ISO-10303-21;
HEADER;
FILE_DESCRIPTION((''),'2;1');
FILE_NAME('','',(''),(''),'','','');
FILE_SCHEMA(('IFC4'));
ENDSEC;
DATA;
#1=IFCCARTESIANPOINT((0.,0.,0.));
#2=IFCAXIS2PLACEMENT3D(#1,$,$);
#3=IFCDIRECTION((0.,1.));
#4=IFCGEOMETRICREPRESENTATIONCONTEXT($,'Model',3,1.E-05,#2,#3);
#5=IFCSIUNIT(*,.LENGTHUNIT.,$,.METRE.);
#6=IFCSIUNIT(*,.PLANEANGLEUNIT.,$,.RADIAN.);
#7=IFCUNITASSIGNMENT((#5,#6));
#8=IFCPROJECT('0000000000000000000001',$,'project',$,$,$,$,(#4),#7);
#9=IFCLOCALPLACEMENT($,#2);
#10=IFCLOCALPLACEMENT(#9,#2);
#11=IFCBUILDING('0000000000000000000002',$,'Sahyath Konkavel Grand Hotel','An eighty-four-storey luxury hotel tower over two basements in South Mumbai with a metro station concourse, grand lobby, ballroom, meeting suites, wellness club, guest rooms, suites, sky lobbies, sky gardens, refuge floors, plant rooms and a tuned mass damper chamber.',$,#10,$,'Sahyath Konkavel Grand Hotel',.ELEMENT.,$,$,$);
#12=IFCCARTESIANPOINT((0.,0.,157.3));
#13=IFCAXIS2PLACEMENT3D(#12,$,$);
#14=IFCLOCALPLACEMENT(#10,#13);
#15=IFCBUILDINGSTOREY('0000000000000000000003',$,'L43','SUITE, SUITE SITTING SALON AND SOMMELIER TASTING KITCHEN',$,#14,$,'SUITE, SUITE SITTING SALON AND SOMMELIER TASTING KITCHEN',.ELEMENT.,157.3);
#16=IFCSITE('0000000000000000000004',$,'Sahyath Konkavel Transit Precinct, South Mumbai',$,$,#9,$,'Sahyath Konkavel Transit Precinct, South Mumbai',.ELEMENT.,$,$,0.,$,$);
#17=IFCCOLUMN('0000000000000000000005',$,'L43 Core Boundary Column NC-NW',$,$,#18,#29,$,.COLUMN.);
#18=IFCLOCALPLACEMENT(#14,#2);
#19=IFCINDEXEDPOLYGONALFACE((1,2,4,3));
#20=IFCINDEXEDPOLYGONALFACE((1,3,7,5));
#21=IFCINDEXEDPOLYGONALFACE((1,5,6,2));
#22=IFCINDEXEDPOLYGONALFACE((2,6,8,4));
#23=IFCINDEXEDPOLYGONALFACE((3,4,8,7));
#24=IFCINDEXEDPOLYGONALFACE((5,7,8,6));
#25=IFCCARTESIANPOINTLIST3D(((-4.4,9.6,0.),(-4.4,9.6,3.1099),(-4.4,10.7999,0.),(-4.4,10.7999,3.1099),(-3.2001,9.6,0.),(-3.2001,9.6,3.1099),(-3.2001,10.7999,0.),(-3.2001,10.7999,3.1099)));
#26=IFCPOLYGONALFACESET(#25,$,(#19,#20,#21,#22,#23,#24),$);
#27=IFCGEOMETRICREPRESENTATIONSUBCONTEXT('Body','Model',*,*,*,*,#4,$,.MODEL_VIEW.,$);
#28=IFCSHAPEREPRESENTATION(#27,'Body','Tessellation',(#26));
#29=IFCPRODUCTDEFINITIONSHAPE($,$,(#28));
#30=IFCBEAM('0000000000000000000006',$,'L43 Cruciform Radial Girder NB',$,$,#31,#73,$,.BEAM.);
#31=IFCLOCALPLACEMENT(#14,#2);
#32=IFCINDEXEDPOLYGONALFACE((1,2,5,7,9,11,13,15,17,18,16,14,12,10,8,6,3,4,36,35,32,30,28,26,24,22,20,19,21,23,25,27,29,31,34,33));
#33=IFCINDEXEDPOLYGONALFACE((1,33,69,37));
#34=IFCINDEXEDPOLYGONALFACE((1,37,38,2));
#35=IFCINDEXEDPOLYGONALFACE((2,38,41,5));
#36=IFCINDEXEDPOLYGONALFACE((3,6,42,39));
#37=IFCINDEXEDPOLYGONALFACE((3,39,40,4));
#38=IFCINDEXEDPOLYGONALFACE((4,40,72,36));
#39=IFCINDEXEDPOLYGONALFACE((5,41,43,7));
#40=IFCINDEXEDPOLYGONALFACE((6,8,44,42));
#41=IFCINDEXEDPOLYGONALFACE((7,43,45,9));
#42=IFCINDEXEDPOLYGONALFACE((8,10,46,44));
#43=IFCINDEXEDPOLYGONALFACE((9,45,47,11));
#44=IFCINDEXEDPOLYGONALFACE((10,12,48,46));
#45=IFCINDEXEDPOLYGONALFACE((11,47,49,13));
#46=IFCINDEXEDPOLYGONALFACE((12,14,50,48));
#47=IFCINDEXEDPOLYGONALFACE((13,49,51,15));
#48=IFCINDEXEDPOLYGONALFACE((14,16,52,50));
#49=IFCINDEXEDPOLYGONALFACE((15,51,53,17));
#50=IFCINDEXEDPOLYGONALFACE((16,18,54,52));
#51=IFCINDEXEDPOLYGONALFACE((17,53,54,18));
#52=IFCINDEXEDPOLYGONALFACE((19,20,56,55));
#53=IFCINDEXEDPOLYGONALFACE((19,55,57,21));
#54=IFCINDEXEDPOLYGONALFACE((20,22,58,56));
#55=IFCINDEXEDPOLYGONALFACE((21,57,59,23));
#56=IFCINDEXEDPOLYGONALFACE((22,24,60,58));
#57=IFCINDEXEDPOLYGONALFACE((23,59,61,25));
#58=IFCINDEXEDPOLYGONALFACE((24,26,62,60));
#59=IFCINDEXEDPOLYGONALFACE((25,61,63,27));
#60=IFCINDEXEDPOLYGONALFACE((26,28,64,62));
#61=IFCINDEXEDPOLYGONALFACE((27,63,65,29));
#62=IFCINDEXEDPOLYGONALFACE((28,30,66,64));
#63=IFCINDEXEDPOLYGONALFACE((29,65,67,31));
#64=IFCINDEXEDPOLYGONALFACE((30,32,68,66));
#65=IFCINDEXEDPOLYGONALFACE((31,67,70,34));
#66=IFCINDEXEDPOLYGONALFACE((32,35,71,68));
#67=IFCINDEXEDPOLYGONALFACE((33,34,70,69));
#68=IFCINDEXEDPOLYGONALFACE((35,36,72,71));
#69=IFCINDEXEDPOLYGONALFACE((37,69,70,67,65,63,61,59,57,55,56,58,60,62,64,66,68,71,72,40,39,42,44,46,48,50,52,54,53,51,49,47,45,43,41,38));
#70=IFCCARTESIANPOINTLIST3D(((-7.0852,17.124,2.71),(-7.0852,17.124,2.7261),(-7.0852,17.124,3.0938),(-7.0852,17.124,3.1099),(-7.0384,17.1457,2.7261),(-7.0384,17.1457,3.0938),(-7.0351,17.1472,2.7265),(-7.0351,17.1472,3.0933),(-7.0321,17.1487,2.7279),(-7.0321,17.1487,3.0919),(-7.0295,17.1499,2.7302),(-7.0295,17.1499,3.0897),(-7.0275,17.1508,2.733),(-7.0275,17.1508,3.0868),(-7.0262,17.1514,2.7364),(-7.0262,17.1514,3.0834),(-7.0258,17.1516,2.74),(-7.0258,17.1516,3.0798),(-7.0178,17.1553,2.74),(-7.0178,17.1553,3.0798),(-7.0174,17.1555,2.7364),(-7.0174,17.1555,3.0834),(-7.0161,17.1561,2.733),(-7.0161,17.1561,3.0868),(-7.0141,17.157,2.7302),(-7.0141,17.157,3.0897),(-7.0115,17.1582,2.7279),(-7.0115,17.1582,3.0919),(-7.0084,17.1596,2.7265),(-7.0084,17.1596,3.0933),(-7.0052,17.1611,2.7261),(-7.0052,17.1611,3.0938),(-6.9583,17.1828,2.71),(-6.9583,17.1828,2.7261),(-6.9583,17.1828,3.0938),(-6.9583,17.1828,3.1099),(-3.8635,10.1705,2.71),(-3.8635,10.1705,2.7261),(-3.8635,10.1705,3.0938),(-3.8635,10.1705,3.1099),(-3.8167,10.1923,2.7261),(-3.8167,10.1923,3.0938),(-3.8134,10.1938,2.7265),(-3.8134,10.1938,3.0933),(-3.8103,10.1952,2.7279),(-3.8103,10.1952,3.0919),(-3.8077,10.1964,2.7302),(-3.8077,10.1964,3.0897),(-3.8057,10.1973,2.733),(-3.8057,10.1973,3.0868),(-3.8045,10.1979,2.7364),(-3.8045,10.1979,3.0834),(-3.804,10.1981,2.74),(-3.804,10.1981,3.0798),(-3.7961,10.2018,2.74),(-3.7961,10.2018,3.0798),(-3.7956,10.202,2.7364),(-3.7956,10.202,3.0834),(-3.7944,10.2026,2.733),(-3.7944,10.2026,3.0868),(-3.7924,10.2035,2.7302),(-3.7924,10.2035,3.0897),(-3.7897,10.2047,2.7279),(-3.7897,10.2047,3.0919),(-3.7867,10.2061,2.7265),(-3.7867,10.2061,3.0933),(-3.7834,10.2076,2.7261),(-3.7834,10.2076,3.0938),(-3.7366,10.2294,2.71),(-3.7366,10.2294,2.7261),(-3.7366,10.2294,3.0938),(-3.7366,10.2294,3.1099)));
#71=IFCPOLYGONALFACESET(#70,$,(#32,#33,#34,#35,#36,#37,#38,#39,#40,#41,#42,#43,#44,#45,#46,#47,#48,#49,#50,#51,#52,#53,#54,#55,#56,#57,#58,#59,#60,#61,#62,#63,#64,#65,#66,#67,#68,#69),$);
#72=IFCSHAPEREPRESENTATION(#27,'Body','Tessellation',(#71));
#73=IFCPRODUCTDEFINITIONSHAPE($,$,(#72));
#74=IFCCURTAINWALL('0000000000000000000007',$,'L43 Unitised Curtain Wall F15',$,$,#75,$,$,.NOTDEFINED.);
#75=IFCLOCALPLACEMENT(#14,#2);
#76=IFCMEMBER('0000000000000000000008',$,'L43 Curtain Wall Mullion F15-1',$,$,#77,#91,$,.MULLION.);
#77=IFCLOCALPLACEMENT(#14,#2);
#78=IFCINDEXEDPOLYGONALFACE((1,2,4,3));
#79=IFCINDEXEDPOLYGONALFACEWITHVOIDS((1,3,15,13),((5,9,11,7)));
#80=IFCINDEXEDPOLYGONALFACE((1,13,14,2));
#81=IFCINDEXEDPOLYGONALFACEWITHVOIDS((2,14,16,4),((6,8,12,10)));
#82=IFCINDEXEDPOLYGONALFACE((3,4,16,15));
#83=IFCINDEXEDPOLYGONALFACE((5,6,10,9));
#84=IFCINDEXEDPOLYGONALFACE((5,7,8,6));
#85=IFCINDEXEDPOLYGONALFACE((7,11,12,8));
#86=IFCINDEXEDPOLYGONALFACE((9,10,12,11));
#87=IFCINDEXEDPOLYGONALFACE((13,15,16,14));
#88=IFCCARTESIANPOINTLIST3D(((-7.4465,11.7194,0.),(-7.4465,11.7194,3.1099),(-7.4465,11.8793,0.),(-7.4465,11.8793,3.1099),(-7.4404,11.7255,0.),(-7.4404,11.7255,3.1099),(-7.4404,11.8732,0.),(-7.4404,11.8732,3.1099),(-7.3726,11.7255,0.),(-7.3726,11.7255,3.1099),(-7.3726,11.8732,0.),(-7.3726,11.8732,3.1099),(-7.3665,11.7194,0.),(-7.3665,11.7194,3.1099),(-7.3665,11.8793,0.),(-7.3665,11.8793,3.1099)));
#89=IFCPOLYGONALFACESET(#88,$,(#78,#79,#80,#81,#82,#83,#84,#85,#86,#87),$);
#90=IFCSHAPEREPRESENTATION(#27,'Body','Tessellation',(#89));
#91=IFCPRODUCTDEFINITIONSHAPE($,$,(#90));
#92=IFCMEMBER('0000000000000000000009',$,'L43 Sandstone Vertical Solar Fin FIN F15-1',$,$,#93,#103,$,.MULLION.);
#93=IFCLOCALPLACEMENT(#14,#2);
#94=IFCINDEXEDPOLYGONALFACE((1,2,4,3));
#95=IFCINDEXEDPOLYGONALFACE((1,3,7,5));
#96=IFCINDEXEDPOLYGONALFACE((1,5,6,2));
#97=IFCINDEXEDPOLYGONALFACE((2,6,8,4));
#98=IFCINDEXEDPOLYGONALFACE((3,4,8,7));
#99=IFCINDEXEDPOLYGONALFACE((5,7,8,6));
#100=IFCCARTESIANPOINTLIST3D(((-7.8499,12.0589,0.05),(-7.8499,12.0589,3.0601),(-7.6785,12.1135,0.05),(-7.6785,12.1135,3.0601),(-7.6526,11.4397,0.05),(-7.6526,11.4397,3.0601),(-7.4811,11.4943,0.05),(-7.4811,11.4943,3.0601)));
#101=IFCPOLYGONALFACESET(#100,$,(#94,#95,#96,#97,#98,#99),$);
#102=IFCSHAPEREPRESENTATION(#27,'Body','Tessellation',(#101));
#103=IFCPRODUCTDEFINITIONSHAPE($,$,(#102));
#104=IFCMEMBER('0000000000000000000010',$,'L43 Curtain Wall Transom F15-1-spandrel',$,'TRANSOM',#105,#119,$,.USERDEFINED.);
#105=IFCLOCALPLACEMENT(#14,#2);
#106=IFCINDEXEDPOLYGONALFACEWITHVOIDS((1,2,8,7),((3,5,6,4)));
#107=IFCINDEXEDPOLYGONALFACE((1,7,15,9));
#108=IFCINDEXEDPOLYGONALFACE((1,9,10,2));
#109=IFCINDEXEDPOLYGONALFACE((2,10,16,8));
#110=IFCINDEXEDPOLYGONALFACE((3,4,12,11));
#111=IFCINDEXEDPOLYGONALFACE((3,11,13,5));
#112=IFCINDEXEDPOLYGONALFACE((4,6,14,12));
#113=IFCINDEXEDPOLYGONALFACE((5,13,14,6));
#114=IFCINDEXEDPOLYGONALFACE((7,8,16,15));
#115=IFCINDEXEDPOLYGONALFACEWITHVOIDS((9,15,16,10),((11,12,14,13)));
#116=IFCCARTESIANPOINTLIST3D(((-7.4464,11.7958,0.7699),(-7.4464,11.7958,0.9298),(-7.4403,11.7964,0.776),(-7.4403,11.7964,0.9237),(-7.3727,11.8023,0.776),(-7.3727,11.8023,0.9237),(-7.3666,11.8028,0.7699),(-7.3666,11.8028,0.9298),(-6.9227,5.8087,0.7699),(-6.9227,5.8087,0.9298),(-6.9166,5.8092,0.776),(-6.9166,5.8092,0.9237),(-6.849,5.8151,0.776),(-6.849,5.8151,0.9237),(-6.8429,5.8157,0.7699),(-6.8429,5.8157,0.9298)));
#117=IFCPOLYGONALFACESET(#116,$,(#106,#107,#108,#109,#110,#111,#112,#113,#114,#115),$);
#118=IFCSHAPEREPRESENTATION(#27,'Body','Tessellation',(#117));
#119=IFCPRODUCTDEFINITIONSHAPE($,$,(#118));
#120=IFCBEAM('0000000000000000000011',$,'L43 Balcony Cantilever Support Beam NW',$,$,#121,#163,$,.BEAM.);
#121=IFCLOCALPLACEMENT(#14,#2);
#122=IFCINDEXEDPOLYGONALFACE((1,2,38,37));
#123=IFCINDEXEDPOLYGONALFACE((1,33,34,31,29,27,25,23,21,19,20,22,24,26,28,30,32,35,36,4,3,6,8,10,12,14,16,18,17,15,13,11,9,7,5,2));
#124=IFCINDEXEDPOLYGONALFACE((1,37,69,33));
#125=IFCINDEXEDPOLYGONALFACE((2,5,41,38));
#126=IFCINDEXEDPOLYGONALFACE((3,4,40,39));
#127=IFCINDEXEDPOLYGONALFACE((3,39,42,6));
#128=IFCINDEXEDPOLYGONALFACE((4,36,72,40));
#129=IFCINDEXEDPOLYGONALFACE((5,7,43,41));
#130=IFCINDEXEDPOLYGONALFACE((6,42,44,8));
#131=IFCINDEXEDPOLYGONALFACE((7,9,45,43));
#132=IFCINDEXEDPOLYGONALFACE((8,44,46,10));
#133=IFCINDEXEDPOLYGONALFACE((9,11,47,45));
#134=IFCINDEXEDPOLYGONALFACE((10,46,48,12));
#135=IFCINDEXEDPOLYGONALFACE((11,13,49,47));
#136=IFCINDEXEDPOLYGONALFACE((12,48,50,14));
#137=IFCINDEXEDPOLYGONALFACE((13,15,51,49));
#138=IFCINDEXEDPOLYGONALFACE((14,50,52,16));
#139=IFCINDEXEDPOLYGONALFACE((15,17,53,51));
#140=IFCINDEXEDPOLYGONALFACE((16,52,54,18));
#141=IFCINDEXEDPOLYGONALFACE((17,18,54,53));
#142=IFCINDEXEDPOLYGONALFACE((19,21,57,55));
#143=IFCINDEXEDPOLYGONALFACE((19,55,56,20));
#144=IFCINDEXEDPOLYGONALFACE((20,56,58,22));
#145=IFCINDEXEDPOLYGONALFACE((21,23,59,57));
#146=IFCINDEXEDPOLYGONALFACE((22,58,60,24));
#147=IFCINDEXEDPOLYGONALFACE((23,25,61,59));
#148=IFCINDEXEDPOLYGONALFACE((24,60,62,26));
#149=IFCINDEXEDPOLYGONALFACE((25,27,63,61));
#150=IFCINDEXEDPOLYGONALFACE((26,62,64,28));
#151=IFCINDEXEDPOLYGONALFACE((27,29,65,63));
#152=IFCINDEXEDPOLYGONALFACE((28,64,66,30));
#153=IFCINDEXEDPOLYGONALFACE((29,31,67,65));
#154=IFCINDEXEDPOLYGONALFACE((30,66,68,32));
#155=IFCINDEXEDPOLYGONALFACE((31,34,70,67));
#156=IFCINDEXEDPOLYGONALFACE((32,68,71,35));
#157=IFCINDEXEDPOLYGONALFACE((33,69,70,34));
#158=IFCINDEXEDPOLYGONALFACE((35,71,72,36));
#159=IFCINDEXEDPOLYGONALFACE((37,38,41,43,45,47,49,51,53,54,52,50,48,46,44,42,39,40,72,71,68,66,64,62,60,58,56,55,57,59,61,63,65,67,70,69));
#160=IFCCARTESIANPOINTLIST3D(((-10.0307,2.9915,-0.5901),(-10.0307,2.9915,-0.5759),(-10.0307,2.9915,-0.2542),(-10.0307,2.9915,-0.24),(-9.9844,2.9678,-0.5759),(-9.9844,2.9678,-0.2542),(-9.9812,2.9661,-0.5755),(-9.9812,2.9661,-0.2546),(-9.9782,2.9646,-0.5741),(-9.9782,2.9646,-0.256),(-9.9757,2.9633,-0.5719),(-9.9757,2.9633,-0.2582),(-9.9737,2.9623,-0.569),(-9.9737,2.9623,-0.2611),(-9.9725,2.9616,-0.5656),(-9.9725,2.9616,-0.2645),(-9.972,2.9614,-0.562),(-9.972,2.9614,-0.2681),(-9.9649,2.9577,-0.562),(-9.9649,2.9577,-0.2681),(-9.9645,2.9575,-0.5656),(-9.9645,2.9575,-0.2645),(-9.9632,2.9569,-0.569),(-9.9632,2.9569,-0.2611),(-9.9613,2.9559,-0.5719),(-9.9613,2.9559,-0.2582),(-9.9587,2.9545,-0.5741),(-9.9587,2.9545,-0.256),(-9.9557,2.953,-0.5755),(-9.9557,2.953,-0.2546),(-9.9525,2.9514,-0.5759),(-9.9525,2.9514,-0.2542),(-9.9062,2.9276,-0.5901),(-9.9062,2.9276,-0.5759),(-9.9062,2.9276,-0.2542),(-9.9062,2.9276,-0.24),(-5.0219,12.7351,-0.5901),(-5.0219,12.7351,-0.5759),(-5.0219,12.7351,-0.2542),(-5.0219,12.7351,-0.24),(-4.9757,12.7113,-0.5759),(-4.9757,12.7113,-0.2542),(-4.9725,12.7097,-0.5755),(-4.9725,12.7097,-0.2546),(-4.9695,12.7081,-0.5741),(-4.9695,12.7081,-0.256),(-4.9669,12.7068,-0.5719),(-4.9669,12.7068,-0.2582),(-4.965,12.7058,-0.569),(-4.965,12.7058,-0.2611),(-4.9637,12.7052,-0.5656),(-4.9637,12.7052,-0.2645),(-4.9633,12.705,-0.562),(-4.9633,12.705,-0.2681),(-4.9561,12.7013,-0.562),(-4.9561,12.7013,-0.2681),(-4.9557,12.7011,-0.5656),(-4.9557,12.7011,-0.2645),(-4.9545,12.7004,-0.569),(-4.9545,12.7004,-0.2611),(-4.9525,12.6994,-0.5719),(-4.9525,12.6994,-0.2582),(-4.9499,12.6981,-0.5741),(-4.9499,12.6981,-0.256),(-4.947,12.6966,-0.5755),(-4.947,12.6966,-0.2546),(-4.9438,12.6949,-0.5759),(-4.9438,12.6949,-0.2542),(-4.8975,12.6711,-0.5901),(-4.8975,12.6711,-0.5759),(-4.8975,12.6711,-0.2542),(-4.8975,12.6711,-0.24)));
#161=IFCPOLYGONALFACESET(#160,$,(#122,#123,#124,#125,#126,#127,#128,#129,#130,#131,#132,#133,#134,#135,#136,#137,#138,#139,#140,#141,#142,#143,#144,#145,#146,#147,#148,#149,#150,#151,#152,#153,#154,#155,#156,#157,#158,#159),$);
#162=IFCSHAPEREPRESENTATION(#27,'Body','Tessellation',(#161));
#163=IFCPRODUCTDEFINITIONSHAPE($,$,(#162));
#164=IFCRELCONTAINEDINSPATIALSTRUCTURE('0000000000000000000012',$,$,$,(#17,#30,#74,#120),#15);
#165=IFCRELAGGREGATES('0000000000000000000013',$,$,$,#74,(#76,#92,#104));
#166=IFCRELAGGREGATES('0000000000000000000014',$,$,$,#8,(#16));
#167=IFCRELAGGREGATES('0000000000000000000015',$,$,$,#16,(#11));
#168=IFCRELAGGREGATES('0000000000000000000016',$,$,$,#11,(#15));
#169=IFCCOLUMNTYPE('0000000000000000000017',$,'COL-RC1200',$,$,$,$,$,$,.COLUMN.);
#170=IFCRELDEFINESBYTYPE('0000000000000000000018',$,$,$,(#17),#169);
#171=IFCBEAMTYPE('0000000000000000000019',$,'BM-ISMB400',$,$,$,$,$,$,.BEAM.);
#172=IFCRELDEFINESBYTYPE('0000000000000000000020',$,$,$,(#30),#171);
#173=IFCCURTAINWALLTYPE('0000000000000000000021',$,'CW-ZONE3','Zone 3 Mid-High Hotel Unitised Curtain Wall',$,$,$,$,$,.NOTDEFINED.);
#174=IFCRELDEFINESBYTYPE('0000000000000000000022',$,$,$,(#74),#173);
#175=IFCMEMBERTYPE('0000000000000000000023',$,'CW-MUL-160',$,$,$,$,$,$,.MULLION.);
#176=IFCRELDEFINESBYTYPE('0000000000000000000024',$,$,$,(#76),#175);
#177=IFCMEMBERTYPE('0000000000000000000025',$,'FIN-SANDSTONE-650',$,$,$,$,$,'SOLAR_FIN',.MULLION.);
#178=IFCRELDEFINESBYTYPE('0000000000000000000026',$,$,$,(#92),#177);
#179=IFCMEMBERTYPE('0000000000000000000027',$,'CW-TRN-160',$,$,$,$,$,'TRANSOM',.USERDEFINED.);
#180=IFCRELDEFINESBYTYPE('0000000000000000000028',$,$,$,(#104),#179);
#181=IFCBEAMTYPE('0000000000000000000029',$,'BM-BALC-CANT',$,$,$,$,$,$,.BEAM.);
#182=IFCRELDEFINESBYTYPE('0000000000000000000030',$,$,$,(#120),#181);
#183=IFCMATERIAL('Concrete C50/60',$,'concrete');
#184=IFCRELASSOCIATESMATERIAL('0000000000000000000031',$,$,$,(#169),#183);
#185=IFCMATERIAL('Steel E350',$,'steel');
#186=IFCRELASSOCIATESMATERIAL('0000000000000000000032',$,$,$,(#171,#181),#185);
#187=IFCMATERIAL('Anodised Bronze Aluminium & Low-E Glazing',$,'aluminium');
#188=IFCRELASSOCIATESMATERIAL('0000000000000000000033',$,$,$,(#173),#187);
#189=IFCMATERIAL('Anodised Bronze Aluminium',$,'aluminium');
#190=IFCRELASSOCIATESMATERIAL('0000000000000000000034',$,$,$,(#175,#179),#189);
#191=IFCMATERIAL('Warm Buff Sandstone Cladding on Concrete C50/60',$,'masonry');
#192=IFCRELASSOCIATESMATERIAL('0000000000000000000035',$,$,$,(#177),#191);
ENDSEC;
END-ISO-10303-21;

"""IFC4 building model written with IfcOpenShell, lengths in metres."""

from ifc_helpers import new_model, si_unit, direction, frame, origin, origin_2d, place, context, subcontext, project, spatial, rectangle, hollow_rectangle, i_section, extrude, source, transform, mapped, material, material_profile, profile_set, type_object, element, aggregate, save


model = new_model("IFC4")

# Units and contexts
model_context = context("Model", 3, precision=1e-05, world=origin(), true_north=direction((0.0, 1.0)))
body_context = subcontext(model_context, "Body", "Model", "MODEL_VIEW")
ifc_project = project(units=[si_unit("LENGTHUNIT", "METRE"), si_unit("PLANEANGLEUNIT", "RADIAN")], contexts=[model_context])

# Site, building, storey
site_placement = place(None, origin())
site = spatial("IfcSite", under=ifc_project, at=site_placement, Name="Sahyath Konkavel Transit Precinct, South Mumbai", LongName="Sahyath Konkavel Transit Precinct, South Mumbai", CompositionType="ELEMENT", RefElevation=0.0)
building_placement = place(site_placement, origin())
building = spatial("IfcBuilding", under=site, at=building_placement, Name="Sahyath Konkavel Grand Hotel", Description="An eighty-four-storey luxury hotel tower over two basements in South Mumbai with a metro station concourse, grand lobby, ballroom, meeting suites, wellness club, guest rooms, suites, sky lobbies, sky gardens, refuge floors, plant rooms and a tuned mass damper chamber.", LongName="Sahyath Konkavel Grand Hotel", CompositionType="ELEMENT")
storey_placement = place(building_placement, frame((0.0, 0.0, 157.3)))
storey = spatial("IfcBuildingStorey", under=building, at=storey_placement, Name="L43", Description="SUITE, SUITE SITTING SALON AND SOMMELIER TASTING KITCHEN", LongName="SUITE, SUITE SITTING SALON AND SOMMELIER TASTING KITCHEN", CompositionType="ELEMENT", Elevation=157.3)

# Column
ifc_material_1 = material(Name="Concrete C50/60", Category="concrete")
ifc_material_profile_1 = material_profile(ifc_material_1, rectangle(XDim=1.2, YDim=1.2, at=origin_2d()), Name="RC 1200x1200")
ifc_profile_set_1 = profile_set([ifc_material_profile_1], Name="Concrete C50/60")
column_type = type_object("IfcColumnType", Name="COL-RC1200", PredefinedType="COLUMN", material=ifc_profile_set_1)
shared_shape_1 = source(origin(), body_context, "Body", "SweptSolid", [
    extrude(rectangle(XDim=1.2, YDim=1.2, at=origin_2d()), origin(), (0.0, 0.0, 1.0), 3.1099),
])
column_placement = place(storey_placement, frame((-3.8, 10.2, 0.0), z_axis=(0.0, 0.0, 1.0), x_axis=(1.0, 0.0, 0.0)))
element("IfcColumn", 1, at=column_placement, inside=storey, type_object=column_type, Name="L43 Core Boundary Column NC-NW", PredefinedType="COLUMN", context=body_context, shape_type="MappedRepresentation", body=[
    mapped(shared_shape_1, transform((0.0, 0.0, 0.0), scale=1.0)),
])

# Beam
ifc_material_2 = material(Name="Steel E350", Category="steel")
ifc_material_profile_2 = material_profile(ifc_material_2, i_section(OverallWidth=0.1399, OverallDepth=0.3999, WebThickness=0.0088, FlangeThickness=0.0161, FilletRadius=0.0139, at=origin_2d()), Name="ISMB 400")
ifc_profile_set_2 = profile_set([ifc_material_profile_2], Name="Steel E350")
beam_type_1 = type_object("IfcBeamType", Name="BM-ISMB400", PredefinedType="BEAM", material=ifc_profile_set_2)
shared_shape_2 = source(origin(), body_context, "Body", "SweptSolid", [
    extrude(i_section(OverallWidth=0.1399, OverallDepth=0.3999, WebThickness=0.0088, FlangeThickness=0.0161, FilletRadius=0.0139, at=origin_2d()), origin(), (0.0, 0.0, 1.0), 7.6636),
])
beam_1_placement = place(storey_placement, frame((-3.8, 10.2, 2.9099), z_axis=(-0.420395, 0.907341, 0.0), x_axis=(-0.907341, -0.420395, 0.0)))
element("IfcBeam", 2, at=beam_1_placement, inside=storey, type_object=beam_type_1, Name="L43 Cruciform Radial Girder NB", PredefinedType="BEAM", context=body_context, shape_type="MappedRepresentation", body=[
    mapped(shared_shape_2, transform((0.0, 0.0, 0.0), scale=1.0)),
])

# Curtain wall, members
ifc_material_3 = material(Name="Anodised Bronze Aluminium & Low-E Glazing", Category="aluminium")
curtain_wall_type = type_object("IfcCurtainWallType", Name="CW-ZONE3", Description="Zone 3 Mid-High Hotel Unitised Curtain Wall", PredefinedType="NOTDEFINED", material=ifc_material_3)
curtain_wall_placement = place(storey_placement, origin())
curtain_wall = element("IfcCurtainWall", 3, at=curtain_wall_placement, inside=storey, type_object=curtain_wall_type, Name="L43 Unitised Curtain Wall F15", PredefinedType="NOTDEFINED")
ifc_material_4 = material(Name="Anodised Bronze Aluminium", Category="aluminium")
ifc_material_profile_3 = material_profile(ifc_material_4, hollow_rectangle(XDim=0.0801, YDim=0.1599, WallThickness=0.0061, at=origin_2d()), Name="RHS 160x80x6")
ifc_profile_set_3 = profile_set([ifc_material_profile_3], Name="Anodised Bronze Aluminium")
member_type_1 = type_object("IfcMemberType", Name="CW-MUL-160", PredefinedType="MULLION", material=ifc_profile_set_3)
shared_shape_3 = source(origin(), body_context, "Body", "SweptSolid", [
    extrude(hollow_rectangle(XDim=0.0801, YDim=0.1599, WallThickness=0.0061, at=origin_2d()), origin(), (0.0, 0.0, 1.0), 3.1099),
])
member_1_placement = place(storey_placement, frame((-7.4065, 11.7993, 0.0), z_axis=(0.0, 0.0, 1.0), x_axis=(1.0, 0.0, 0.0)))
member_1 = element("IfcMember", 4, at=member_1_placement, type_object=member_type_1, Name="L43 Curtain Wall Mullion F15-1", PredefinedType="MULLION", context=body_context, shape_type="MappedRepresentation", body=[
    mapped(shared_shape_3, transform((0.0, 0.0, 0.0), scale=1.0)),
])
ifc_material_5 = material(Name="Warm Buff Sandstone Cladding on Concrete C50/60", Category="masonry")
ifc_material_profile_4 = material_profile(ifc_material_5, rectangle(XDim=0.1799, YDim=0.6499, at=origin_2d()), Name="FIN 180x650")
ifc_profile_set_4 = profile_set([ifc_material_profile_4], Name="Warm Buff Sandstone Cladding on Concrete C50/60")
member_type_2 = type_object("IfcMemberType", Name="FIN-SANDSTONE-650", ElementType="SOLAR_FIN", PredefinedType="MULLION", material=ifc_profile_set_4)
shared_shape_4 = source(origin(), body_context, "Body", "SweptSolid", [
    extrude(rectangle(XDim=0.1799, YDim=0.6499, at=origin_2d()), origin(), (0.0, 0.0, 1.0), 3.01),
])
member_2_placement = place(storey_placement, frame((-7.6655, 11.7766, 0.05), z_axis=(0.0, 0.0, 1.0), x_axis=(0.952768, 0.303701, 0.0)))
member_2 = element("IfcMember", 5, at=member_2_placement, type_object=member_type_2, Name="L43 Sandstone Vertical Solar Fin FIN F15-1", PredefinedType="MULLION", context=body_context, shape_type="MappedRepresentation", body=[
    mapped(shared_shape_4, transform((0.0, 0.0, 0.0), scale=1.0)),
])
ifc_material_profile_5 = material_profile(ifc_material_4, hollow_rectangle(XDim=0.0801, YDim=0.1599, WallThickness=0.0061, at=origin_2d()), Name="RHS 160x80x6")
ifc_profile_set_5 = profile_set([ifc_material_profile_5], Name="Anodised Bronze Aluminium")
member_type_3 = type_object("IfcMemberType", Name="CW-TRN-160", ElementType="TRANSOM", PredefinedType="USERDEFINED", material=ifc_profile_set_5)
shared_shape_5 = source(origin(), body_context, "Body", "SweptSolid", [
    extrude(hollow_rectangle(XDim=0.0801, YDim=0.1599, WallThickness=0.0061, at=origin_2d()), origin(), (0.0, 0.0, 1.0), 6.01),
])
member_3_placement = place(storey_placement, frame((-7.4065, 11.7993, 0.8499), z_axis=(0.087136, -0.996196, 0.0), x_axis=(0.996196, 0.087136, 0.0)))
member_3 = element("IfcMember", 6, at=member_3_placement, type_object=member_type_3, Name="L43 Curtain Wall Transom F15-1-spandrel", ObjectType="TRANSOM", PredefinedType="USERDEFINED", context=body_context, shape_type="MappedRepresentation", body=[
    mapped(shared_shape_5, transform((0.0, 0.0, 0.0), scale=1.0)),
])

# Beam
ifc_material_profile_6 = material_profile(ifc_material_2, i_section(OverallWidth=0.1399, OverallDepth=0.3501, WebThickness=0.0081, FlangeThickness=0.0142, FilletRadius=0.0139, at=origin_2d()), Name="ISMB 350")
ifc_profile_set_6 = profile_set([ifc_material_profile_6], Name="Steel E350")
beam_type_2 = type_object("IfcBeamType", Name="BM-BALC-CANT", PredefinedType="BEAM", material=ifc_profile_set_6)
shared_shape_6 = source(origin(), body_context, "Body", "SweptSolid", [
    extrude(i_section(OverallWidth=0.1399, OverallDepth=0.3501, WebThickness=0.0081, FlangeThickness=0.0142, FilletRadius=0.0139, at=origin_2d()), origin(), (0.0, 0.0, 1.0), 10.9556),
])
beam_2_placement = place(storey_placement, frame((-4.9597, 12.7031, -0.415), z_axis=(-0.457187, -0.889371, 0.0), x_axis=(0.889371, -0.457187, 0.0)))
element("IfcBeam", 7, at=beam_2_placement, inside=storey, type_object=beam_type_2, Name="L43 Balcony Cantilever Support Beam NW", PredefinedType="BEAM", context=body_context, shape_type="MappedRepresentation", body=[
    mapped(shared_shape_6, transform((0.0, 0.0, 0.0), scale=1.0)),
])

aggregate(curtain_wall, [member_1, member_2, member_3])

save(model, "model.ifc")
